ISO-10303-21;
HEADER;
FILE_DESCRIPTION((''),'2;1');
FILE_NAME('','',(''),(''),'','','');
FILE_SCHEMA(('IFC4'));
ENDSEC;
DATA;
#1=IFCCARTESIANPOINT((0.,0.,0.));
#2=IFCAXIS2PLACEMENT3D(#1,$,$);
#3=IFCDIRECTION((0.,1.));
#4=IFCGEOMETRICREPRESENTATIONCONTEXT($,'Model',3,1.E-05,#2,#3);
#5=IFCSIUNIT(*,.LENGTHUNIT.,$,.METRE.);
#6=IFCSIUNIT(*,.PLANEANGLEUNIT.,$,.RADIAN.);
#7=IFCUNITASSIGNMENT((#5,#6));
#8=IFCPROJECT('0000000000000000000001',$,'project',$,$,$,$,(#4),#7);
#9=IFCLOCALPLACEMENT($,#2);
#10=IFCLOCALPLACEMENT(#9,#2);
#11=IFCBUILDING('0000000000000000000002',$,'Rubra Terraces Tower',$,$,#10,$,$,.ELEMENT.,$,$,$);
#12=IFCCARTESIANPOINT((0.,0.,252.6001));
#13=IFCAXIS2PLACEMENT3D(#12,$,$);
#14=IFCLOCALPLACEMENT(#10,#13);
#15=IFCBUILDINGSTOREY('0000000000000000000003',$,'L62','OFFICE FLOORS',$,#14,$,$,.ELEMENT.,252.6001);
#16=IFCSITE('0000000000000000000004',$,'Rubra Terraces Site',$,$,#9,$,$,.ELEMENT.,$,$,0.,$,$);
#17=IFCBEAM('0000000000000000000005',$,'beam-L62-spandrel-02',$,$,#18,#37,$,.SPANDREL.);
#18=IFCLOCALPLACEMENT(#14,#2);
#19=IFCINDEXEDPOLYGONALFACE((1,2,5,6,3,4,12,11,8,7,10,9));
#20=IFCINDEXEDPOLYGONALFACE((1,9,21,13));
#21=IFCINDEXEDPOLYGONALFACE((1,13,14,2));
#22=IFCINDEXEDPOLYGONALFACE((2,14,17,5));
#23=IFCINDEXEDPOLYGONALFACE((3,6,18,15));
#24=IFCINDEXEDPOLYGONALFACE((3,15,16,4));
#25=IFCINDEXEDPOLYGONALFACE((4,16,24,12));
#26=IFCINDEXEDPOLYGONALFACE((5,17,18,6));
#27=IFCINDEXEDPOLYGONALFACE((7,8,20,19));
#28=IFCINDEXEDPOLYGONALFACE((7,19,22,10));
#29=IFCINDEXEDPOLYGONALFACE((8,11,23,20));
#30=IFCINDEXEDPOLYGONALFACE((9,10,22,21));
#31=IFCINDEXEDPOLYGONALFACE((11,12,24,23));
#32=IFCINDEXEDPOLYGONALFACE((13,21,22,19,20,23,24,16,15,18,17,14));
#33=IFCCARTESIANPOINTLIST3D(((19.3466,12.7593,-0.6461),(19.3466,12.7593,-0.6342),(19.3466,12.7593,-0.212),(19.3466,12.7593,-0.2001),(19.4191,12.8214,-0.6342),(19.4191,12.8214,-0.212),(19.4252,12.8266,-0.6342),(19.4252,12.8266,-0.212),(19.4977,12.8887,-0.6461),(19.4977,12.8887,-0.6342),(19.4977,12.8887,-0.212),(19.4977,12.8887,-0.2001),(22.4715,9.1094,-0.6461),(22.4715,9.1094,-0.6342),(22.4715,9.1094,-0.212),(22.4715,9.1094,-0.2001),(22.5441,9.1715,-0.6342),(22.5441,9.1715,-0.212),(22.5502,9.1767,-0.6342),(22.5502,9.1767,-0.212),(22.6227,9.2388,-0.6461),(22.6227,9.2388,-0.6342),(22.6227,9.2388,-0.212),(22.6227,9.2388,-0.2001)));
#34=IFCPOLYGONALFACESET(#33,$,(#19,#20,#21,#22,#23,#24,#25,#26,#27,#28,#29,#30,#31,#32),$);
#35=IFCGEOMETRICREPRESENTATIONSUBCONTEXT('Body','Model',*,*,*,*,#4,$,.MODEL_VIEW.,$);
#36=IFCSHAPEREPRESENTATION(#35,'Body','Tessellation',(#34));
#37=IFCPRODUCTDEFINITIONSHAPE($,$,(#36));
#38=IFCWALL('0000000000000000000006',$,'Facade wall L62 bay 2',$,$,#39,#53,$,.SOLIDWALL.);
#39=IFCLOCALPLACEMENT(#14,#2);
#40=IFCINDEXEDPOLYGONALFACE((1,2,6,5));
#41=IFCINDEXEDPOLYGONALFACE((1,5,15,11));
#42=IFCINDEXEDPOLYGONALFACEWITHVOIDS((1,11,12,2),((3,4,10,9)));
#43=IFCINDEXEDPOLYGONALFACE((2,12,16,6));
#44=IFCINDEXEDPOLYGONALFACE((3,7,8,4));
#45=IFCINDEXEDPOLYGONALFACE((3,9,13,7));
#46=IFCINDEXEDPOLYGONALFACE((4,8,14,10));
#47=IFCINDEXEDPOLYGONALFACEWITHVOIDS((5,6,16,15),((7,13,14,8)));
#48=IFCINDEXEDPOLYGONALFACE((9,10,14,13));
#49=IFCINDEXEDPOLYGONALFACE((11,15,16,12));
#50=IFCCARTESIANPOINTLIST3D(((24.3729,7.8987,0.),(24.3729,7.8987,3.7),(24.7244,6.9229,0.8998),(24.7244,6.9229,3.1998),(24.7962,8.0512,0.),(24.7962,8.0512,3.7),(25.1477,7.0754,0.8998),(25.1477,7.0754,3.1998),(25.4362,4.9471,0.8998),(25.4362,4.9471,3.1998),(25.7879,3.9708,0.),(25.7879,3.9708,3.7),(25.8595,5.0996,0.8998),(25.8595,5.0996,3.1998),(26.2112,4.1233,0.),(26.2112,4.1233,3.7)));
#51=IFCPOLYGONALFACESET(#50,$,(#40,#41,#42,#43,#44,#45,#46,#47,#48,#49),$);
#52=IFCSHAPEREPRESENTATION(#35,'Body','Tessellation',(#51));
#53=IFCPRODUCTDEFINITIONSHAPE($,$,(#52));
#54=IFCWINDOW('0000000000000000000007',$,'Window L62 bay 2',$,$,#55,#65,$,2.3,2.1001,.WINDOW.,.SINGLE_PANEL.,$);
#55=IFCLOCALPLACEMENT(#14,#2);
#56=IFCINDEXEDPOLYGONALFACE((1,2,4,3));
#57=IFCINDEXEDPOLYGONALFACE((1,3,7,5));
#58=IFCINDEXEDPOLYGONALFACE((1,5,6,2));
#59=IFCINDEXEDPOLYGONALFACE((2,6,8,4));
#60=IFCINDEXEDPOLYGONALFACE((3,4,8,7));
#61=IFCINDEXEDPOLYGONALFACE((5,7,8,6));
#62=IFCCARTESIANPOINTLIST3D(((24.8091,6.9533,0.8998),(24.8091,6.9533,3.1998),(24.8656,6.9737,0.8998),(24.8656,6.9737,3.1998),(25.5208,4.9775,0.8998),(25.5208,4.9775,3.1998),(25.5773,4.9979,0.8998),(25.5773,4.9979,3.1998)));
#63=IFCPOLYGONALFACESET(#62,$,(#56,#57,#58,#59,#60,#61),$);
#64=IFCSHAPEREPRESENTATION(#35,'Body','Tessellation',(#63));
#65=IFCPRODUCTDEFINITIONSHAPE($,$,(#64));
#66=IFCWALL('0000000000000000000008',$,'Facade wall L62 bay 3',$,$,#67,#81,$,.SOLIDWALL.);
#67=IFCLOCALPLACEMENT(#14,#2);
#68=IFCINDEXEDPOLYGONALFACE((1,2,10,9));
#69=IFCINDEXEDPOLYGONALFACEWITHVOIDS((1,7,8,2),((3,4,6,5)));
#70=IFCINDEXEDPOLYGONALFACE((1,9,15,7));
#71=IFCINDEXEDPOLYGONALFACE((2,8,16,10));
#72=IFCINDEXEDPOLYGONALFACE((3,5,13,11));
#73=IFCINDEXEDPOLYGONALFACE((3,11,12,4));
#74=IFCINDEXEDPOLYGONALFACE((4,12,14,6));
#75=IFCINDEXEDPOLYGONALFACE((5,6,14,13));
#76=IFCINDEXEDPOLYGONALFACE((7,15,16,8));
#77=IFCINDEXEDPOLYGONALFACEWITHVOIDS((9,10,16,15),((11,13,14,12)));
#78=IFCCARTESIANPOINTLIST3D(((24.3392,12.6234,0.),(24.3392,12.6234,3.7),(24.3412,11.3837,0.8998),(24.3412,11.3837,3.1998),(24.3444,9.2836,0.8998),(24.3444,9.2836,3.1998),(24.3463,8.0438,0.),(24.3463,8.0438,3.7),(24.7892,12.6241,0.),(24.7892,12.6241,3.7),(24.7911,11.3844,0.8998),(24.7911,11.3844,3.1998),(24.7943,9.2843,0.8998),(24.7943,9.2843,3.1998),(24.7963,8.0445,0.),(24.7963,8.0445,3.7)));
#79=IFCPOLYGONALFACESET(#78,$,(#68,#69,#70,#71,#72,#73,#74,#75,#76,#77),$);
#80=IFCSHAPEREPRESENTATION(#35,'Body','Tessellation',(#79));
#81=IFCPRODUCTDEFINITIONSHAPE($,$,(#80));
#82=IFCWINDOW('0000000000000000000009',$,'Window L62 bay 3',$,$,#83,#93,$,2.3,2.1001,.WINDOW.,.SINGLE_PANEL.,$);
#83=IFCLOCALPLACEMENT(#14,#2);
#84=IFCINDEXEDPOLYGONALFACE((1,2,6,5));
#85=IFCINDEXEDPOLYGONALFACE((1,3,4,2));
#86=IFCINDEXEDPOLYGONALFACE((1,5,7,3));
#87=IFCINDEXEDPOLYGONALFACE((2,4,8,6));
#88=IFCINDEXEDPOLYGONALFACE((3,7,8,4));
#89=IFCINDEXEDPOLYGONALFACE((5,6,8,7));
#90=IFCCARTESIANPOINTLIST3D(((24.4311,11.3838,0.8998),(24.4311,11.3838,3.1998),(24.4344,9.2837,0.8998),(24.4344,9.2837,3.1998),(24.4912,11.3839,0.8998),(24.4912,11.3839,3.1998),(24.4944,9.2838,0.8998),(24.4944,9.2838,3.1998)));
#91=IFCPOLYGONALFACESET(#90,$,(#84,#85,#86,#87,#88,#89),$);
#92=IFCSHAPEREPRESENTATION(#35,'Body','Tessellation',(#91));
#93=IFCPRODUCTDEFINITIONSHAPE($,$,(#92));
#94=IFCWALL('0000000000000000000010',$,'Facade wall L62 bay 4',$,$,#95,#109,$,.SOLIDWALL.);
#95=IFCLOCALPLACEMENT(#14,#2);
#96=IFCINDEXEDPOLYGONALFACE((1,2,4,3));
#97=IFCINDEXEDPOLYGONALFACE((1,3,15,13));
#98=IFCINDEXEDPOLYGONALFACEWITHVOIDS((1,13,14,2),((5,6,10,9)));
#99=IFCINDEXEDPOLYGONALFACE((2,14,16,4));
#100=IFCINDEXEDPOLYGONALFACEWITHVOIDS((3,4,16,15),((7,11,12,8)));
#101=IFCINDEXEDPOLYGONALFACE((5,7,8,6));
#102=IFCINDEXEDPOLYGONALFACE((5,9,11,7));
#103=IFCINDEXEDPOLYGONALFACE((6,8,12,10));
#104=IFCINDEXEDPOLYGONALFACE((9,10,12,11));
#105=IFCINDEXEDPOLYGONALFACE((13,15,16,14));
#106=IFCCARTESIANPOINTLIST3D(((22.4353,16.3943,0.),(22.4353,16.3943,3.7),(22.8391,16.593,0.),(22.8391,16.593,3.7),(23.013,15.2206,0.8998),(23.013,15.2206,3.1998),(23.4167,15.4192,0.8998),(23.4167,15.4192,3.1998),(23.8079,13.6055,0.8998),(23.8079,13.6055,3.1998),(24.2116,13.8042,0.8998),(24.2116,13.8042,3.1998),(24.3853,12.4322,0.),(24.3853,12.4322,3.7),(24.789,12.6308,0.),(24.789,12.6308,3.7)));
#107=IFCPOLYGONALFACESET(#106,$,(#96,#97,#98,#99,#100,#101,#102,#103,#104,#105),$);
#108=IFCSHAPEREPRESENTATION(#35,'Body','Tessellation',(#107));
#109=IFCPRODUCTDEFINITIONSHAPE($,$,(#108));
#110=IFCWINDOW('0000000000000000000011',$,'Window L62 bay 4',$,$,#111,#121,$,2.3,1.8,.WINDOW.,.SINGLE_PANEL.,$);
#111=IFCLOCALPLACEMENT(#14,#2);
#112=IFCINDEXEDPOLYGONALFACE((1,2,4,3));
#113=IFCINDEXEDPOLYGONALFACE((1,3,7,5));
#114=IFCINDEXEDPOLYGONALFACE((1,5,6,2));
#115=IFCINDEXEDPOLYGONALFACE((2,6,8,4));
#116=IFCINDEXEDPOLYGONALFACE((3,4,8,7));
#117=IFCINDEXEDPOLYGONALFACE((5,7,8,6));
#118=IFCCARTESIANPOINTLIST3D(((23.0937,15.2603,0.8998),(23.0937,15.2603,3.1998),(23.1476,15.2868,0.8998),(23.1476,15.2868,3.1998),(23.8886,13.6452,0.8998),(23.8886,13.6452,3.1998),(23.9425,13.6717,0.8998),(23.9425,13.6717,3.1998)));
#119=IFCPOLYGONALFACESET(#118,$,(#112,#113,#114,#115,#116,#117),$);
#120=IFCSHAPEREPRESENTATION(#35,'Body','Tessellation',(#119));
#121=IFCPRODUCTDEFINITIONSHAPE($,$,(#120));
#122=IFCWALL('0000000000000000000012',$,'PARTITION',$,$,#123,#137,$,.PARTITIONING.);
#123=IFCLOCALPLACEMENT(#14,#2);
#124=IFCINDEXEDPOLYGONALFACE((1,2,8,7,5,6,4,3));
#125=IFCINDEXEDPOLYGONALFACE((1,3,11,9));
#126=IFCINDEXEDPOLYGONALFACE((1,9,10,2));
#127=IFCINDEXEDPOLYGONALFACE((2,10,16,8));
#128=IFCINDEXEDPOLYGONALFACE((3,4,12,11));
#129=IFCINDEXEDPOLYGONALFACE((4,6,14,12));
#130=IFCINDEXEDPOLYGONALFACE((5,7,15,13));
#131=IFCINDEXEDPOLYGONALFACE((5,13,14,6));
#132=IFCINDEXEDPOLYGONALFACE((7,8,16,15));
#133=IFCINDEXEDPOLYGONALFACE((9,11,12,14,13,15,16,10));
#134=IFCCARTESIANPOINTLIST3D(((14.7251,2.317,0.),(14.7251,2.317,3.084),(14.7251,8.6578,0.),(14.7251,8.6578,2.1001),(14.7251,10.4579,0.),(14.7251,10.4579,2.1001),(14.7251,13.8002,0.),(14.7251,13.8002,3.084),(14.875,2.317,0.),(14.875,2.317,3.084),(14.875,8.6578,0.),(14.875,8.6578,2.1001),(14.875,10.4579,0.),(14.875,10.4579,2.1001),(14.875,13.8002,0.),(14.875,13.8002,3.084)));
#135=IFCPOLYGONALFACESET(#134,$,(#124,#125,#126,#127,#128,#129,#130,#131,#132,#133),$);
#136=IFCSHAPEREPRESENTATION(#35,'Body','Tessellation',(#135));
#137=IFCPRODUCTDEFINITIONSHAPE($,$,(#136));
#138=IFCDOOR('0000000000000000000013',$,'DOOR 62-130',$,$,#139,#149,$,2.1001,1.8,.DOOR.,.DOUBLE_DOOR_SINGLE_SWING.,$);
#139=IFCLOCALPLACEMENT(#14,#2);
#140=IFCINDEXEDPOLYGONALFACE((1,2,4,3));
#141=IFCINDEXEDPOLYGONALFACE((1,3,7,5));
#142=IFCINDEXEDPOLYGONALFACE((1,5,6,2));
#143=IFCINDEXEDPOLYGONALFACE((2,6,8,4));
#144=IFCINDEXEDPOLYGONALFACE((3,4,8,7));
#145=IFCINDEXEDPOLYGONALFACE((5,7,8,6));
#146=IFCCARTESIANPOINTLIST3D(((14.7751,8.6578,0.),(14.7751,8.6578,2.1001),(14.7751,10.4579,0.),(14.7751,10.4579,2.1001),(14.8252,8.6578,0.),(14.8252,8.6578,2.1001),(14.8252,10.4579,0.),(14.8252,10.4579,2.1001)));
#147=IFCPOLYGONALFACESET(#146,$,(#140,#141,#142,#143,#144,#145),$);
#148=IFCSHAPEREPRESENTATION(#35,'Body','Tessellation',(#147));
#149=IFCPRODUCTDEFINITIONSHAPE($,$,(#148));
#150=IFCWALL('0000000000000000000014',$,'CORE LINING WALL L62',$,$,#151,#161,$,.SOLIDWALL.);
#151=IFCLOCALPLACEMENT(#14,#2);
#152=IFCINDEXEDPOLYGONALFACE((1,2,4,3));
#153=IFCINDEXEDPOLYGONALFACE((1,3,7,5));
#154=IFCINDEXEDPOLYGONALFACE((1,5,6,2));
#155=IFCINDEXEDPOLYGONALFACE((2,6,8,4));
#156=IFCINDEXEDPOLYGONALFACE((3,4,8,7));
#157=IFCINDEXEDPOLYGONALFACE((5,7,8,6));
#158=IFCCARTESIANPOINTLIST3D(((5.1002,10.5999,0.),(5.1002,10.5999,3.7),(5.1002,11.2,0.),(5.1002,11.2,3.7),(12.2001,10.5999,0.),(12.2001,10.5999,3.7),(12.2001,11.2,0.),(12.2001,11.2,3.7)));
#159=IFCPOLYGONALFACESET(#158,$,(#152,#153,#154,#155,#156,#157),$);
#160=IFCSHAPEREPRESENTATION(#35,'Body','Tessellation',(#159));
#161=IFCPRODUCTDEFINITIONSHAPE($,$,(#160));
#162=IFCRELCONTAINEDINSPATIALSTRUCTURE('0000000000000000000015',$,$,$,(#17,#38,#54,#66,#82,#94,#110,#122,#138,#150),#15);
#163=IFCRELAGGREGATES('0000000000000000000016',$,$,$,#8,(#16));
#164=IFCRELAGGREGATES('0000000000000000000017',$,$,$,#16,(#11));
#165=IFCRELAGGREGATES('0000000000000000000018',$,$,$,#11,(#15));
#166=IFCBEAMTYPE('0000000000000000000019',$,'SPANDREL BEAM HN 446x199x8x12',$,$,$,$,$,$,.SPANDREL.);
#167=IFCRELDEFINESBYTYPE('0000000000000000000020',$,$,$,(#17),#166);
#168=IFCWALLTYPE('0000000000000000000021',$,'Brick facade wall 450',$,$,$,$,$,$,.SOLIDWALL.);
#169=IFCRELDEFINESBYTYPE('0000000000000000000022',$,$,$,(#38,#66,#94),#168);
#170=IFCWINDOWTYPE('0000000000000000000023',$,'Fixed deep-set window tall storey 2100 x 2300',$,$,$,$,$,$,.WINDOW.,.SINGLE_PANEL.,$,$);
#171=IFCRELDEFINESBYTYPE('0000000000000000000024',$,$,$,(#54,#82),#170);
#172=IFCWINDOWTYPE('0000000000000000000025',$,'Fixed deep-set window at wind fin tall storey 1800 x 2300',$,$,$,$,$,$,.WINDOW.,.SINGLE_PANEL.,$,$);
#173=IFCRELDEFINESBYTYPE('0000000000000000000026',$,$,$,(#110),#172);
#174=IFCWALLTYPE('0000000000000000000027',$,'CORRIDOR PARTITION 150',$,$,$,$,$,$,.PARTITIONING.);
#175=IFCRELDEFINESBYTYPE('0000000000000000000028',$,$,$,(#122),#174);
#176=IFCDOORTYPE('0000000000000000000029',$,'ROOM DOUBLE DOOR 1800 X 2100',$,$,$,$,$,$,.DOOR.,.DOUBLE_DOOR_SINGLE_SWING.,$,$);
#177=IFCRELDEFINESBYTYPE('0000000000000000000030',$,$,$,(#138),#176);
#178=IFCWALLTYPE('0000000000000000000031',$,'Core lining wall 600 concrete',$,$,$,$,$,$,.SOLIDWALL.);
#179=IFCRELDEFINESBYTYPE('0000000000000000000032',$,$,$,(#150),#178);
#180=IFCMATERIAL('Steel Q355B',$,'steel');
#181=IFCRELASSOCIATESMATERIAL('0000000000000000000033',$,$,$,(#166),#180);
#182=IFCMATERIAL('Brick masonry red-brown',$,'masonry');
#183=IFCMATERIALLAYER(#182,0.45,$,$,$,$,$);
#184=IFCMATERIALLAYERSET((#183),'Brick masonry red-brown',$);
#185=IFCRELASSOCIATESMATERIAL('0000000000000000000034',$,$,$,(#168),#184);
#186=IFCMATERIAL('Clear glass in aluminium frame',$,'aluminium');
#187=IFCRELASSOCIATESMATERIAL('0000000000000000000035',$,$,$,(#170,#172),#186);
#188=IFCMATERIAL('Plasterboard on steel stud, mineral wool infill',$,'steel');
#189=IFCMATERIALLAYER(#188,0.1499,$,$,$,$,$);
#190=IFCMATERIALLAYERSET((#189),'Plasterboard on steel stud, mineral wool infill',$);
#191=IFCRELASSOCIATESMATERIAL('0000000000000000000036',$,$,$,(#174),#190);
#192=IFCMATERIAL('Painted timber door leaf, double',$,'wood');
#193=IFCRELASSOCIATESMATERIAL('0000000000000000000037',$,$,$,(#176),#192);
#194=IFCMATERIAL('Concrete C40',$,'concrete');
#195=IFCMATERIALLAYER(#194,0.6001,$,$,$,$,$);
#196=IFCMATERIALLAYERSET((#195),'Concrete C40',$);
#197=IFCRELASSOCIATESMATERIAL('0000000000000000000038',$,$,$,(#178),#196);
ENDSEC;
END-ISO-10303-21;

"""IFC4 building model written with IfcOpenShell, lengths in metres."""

from ifc_helpers import new_model, si_unit, direction, frame, frame_2d, origin, origin_2d, place, context, subcontext, project, spatial, rectangle, i_section, extrude, material, layer, layer_set, material_profile, profile_set, type_object, element, fill, save


model = new_model("IFC4")

# Units and contexts
model_context = context("Model", 3, precision=1e-05, world=origin(), true_north=direction((0.0, 1.0)))
body_context = subcontext(model_context, "Body", "Model", "MODEL_VIEW")
ifc_project = project(units=[si_unit("LENGTHUNIT", "METRE"), si_unit("PLANEANGLEUNIT", "RADIAN")], contexts=[model_context])

# Site, building, storey
site_placement = place(None, origin())
site = spatial("IfcSite", under=ifc_project, at=site_placement, Name="Rubra Terraces Site", CompositionType="ELEMENT", RefElevation=0.0)
building_placement = place(site_placement, origin())
building = spatial("IfcBuilding", under=site, at=building_placement, Name="Rubra Terraces Tower", CompositionType="ELEMENT")
storey_placement = place(building_placement, frame((0.0, 0.0, 252.6001)))
storey = spatial("IfcBuildingStorey", under=building, at=storey_placement, Name="L62", Description="OFFICE FLOORS", CompositionType="ELEMENT", Elevation=252.6001)

# Beam
ifc_material_1 = material(Name="Steel Q355B", Category="steel")
ifc_material_profile_1 = material_profile(ifc_material_1, i_section(OverallWidth=0.199, OverallDepth=0.446, WebThickness=0.0081, FlangeThickness=0.012, at=origin_2d()), Name="HN 446x199x8x12")
ifc_profile_set_1 = profile_set([ifc_material_profile_1], Name="Steel Q355B")
beam_type_1 = type_object("IfcBeamType", Name="SPANDREL BEAM HN 446x199x8x12", PredefinedType="SPANDREL", material=ifc_profile_set_1)
beam_1_placement = place(storey_placement, frame((22.5471, 9.1741, -0.4231), z_axis=(-0.650373, 0.759615, 0.0), x_axis=(-0.759615, -0.650373, 0.0)))
element("IfcBeam", 1, at=beam_1_placement, inside=storey, type_object=beam_type_1, Name="beam-L62-spandrel-02", PredefinedType="SPANDREL", context=body_context, shape_type="SweptSolid", body=[
    extrude(i_section(OverallWidth=0.199, OverallDepth=0.446, WebThickness=0.0081, FlangeThickness=0.012, at=origin_2d()), origin(), (0.0, 0.0, 1.0), 4.8049),
])

# Walls, openings, windows
ifc_material_2 = material(Name="Brick masonry red-brown", Category="masonry")
ifc_layer_1 = layer(ifc_material_2, 0.45)
ifc_layer_set_1 = layer_set([ifc_layer_1], Name="Brick masonry red-brown")
wall_type_1 = type_object("IfcWallType", Name="Brick facade wall 450", PredefinedType="SOLIDWALL", material=ifc_layer_set_1)
wall_1_placement = place(storey_placement, frame((25.9995, 4.0471, 0.0), z_axis=(0.0, 0.0, 1.0), x_axis=(-0.338924, 0.940814, 0.0)))
wall_1 = element("IfcWall", 2, at=wall_1_placement, inside=storey, type_object=wall_type_1, Name="Facade wall L62 bay 2", PredefinedType="SOLIDWALL", context=body_context, shape_type="SweptSolid", body=[
    extrude(rectangle(XDim=4.175, YDim=0.45, at=frame_2d((2.0874, 0.0))), origin(), (0.0, 0.0, 1.0), 3.7),
])
opening_1_placement = place(wall_1_placement, frame((1.0376, 0.0, 0.8999)))
opening_1 = element("IfcOpeningElement", 3, at=opening_1_placement, cuts=wall_1, PredefinedType="OPENING", context=body_context, shape_type="SweptSolid", body=[
    extrude(rectangle(XDim=2.1001, YDim=2.3, at=frame_2d((1.05, 1.1499))), frame((0.0, 0.2349, 0.0), z_axis=(0.0, -1.0, 0.0), x_axis=(1.0, 0.0, 0.0)), (0.0, 0.0, 1.0), 0.47),
])
ifc_material_3 = material(Name="Clear glass in aluminium frame", Category="aluminium")
window_type_1 = type_object("IfcWindowType", Name="Fixed deep-set window tall storey 2100 x 2300", PartitioningType="SINGLE_PANEL", PredefinedType="WINDOW", material=ifc_material_3)
window_1_placement = place(opening_1_placement, origin())
window_1 = element("IfcWindow", 4, at=window_1_placement, inside=storey, type_object=window_type_1, Name="Window L62 bay 2", OverallHeight=2.3, OverallWidth=2.1001, PartitioningType="SINGLE_PANEL", PredefinedType="WINDOW", context=body_context, shape_type="SweptSolid", body=[
    extrude(rectangle(XDim=2.1001, YDim=2.3, at=frame_2d((1.05, 1.1499))), frame((0.0, 0.135, 0.0), z_axis=(0.0, -1.0, 0.0), x_axis=(1.0, 0.0, 0.0)), (0.0, 0.0, 1.0), 0.0601),
])
fill(opening_1, window_1)
wall_2_placement = place(storey_placement, frame((24.5713, 8.0442, 0.0), z_axis=(0.0, 0.0, 1.0), x_axis=(-0.001546, 0.999999, 0.0)))
wall_2 = element("IfcWall", 5, at=wall_2_placement, inside=storey, type_object=wall_type_1, Name="Facade wall L62 bay 3", PredefinedType="SOLIDWALL", context=body_context, shape_type="SweptSolid", body=[
    extrude(rectangle(XDim=4.5796, YDim=0.45, at=frame_2d((2.2898, 0.0))), origin(), (0.0, 0.0, 1.0), 3.7),
])
opening_2_placement = place(wall_2_placement, frame((1.2397, 0.0, 0.8999)))
opening_2 = element("IfcOpeningElement", 6, at=opening_2_placement, cuts=wall_2, PredefinedType="OPENING", context=body_context, shape_type="SweptSolid", body=[
    extrude(rectangle(XDim=2.1001, YDim=2.3, at=frame_2d((1.05, 1.1499))), frame((0.0, 0.2349, 0.0), z_axis=(0.0, -1.0, 0.0), x_axis=(1.0, 0.0, 0.0)), (0.0, 0.0, 1.0), 0.47),
])
window_2_placement = place(opening_2_placement, origin())
window_2 = element("IfcWindow", 7, at=window_2_placement, inside=storey, type_object=window_type_1, Name="Window L62 bay 3", OverallHeight=2.3, OverallWidth=2.1001, PartitioningType="SINGLE_PANEL", PredefinedType="WINDOW", context=body_context, shape_type="SweptSolid", body=[
    extrude(rectangle(XDim=2.1001, YDim=2.3, at=frame_2d((1.05, 1.1499))), frame((0.0, 0.135, 0.0), z_axis=(0.0, -1.0, 0.0), x_axis=(1.0, 0.0, 0.0)), (0.0, 0.0, 1.0), 0.0601),
])
fill(opening_2, window_2)
wall_3_placement = place(storey_placement, frame((24.5872, 12.5315, 0.0), z_axis=(0.0, 0.0, 1.0), x_axis=(-0.441566, 0.897229, 0.0)))
wall_3 = element("IfcWall", 8, at=wall_3_placement, inside=storey, type_object=wall_type_1, Name="Facade wall L62 bay 4", PredefinedType="SOLIDWALL", context=body_context, shape_type="SweptSolid", body=[
    extrude(rectangle(XDim=4.416, YDim=0.45, at=frame_2d((2.208, 0.0))), origin(), (0.0, 0.0, 1.0), 3.7),
])
opening_3_placement = place(wall_3_placement, frame((1.3079, 0.0, 0.8999)))
opening_3 = element("IfcOpeningElement", 9, at=opening_3_placement, cuts=wall_3, PredefinedType="OPENING", context=body_context, shape_type="SweptSolid", body=[
    extrude(rectangle(XDim=1.8, YDim=2.3, at=frame_2d((0.8999, 1.1499))), frame((0.0, 0.2349, 0.0), z_axis=(0.0, -1.0, 0.0), x_axis=(1.0, 0.0, 0.0)), (0.0, 0.0, 1.0), 0.47),
])
window_type_2 = type_object("IfcWindowType", Name="Fixed deep-set window at wind fin tall storey 1800 x 2300", PartitioningType="SINGLE_PANEL", PredefinedType="WINDOW", material=ifc_material_3)
window_3_placement = place(opening_3_placement, origin())
window_3 = element("IfcWindow", 10, at=window_3_placement, inside=storey, type_object=window_type_2, Name="Window L62 bay 4", OverallHeight=2.3, OverallWidth=1.8, PartitioningType="SINGLE_PANEL", PredefinedType="WINDOW", context=body_context, shape_type="SweptSolid", body=[
    extrude(rectangle(XDim=1.8, YDim=2.3, at=frame_2d((0.8999, 1.1499))), frame((0.0, 0.135, 0.0), z_axis=(0.0, -1.0, 0.0), x_axis=(1.0, 0.0, 0.0)), (0.0, 0.0, 1.0), 0.0601),
])
fill(opening_3, window_3)

# Wall, opening, door
ifc_material_4 = material(Name="Plasterboard on steel stud, mineral wool infill", Category="steel")
ifc_layer_2 = layer(ifc_material_4, 0.1499)
ifc_layer_set_2 = layer_set([ifc_layer_2], Name="Plasterboard on steel stud, mineral wool infill")
wall_type_2 = type_object("IfcWallType", Name="CORRIDOR PARTITION 150", PredefinedType="PARTITIONING", material=ifc_layer_set_2)
wall_4_placement = place(storey_placement, frame((14.8, 2.3169, 0.0), z_axis=(0.0, 0.0, 1.0), x_axis=(0.0, 1.0, 0.0)))
wall_4 = element("IfcWall", 11, at=wall_4_placement, inside=storey, type_object=wall_type_2, Name="PARTITION", PredefinedType="PARTITIONING", context=body_context, shape_type="SweptSolid", body=[
    extrude(rectangle(XDim=11.4832, YDim=0.1499, at=frame_2d((5.7417, 0.0))), origin(), (0.0, 0.0, 1.0), 3.084),
])
opening_4_placement = place(wall_4_placement, frame((6.3411, 0.0, 0.0)))
opening_4 = element("IfcOpeningElement", 12, at=opening_4_placement, cuts=wall_4, PredefinedType="OPENING", context=body_context, shape_type="SweptSolid", body=[
    extrude(rectangle(XDim=1.8, YDim=2.1001, at=frame_2d((0.8999, 1.05))), frame((0.0, 0.085, 0.0), z_axis=(0.0, -1.0, 0.0), x_axis=(1.0, 0.0, 0.0)), (0.0, 0.0, 1.0), 0.1699),
])
ifc_material_5 = material(Name="Painted timber door leaf, double", Category="wood")
door_type_1 = type_object("IfcDoorType", Name="ROOM DOUBLE DOOR 1800 X 2100", OperationType="DOUBLE_DOOR_SINGLE_SWING", PredefinedType="DOOR", material=ifc_material_5)
door_1_placement = place(opening_4_placement, origin())
door_1 = element("IfcDoor", 13, at=door_1_placement, inside=storey, type_object=door_type_1, Name="DOOR 62-130", OperationType="DOUBLE_DOOR_SINGLE_SWING", OverallHeight=2.1001, OverallWidth=1.8, PredefinedType="DOOR", context=body_context, shape_type="SweptSolid", body=[
    extrude(rectangle(XDim=1.8, YDim=2.1001, at=frame_2d((0.8999, 1.05))), frame((0.0, 0.0249, 0.0), z_axis=(0.0, -1.0, 0.0), x_axis=(1.0, 0.0, 0.0)), (0.0, 0.0, 1.0), 0.05),
])
fill(opening_4, door_1)

# Wall
ifc_material_6 = material(Name="Concrete C40", Category="concrete")
ifc_layer_3 = layer(ifc_material_6, 0.6001)
ifc_layer_set_3 = layer_set([ifc_layer_3], Name="Concrete C40")
wall_type_3 = type_object("IfcWallType", Name="Core lining wall 600 concrete", PredefinedType="SOLIDWALL", material=ifc_layer_set_3)
wall_5_placement = place(storey_placement, frame((12.2, 10.8999, 0.0), z_axis=(0.0, 0.0, 1.0), x_axis=(-1.0, 0.0, 0.0)))
element("IfcWall", 14, at=wall_5_placement, inside=storey, type_object=wall_type_3, Name="CORE LINING WALL L62", PredefinedType="SOLIDWALL", context=body_context, shape_type="SweptSolid", body=[
    extrude(rectangle(XDim=7.0999, YDim=0.6001, at=frame_2d((3.5498, 0.0))), origin(), (0.0, 0.0, 1.0), 3.7),
])

save(model, "model.ifc")
